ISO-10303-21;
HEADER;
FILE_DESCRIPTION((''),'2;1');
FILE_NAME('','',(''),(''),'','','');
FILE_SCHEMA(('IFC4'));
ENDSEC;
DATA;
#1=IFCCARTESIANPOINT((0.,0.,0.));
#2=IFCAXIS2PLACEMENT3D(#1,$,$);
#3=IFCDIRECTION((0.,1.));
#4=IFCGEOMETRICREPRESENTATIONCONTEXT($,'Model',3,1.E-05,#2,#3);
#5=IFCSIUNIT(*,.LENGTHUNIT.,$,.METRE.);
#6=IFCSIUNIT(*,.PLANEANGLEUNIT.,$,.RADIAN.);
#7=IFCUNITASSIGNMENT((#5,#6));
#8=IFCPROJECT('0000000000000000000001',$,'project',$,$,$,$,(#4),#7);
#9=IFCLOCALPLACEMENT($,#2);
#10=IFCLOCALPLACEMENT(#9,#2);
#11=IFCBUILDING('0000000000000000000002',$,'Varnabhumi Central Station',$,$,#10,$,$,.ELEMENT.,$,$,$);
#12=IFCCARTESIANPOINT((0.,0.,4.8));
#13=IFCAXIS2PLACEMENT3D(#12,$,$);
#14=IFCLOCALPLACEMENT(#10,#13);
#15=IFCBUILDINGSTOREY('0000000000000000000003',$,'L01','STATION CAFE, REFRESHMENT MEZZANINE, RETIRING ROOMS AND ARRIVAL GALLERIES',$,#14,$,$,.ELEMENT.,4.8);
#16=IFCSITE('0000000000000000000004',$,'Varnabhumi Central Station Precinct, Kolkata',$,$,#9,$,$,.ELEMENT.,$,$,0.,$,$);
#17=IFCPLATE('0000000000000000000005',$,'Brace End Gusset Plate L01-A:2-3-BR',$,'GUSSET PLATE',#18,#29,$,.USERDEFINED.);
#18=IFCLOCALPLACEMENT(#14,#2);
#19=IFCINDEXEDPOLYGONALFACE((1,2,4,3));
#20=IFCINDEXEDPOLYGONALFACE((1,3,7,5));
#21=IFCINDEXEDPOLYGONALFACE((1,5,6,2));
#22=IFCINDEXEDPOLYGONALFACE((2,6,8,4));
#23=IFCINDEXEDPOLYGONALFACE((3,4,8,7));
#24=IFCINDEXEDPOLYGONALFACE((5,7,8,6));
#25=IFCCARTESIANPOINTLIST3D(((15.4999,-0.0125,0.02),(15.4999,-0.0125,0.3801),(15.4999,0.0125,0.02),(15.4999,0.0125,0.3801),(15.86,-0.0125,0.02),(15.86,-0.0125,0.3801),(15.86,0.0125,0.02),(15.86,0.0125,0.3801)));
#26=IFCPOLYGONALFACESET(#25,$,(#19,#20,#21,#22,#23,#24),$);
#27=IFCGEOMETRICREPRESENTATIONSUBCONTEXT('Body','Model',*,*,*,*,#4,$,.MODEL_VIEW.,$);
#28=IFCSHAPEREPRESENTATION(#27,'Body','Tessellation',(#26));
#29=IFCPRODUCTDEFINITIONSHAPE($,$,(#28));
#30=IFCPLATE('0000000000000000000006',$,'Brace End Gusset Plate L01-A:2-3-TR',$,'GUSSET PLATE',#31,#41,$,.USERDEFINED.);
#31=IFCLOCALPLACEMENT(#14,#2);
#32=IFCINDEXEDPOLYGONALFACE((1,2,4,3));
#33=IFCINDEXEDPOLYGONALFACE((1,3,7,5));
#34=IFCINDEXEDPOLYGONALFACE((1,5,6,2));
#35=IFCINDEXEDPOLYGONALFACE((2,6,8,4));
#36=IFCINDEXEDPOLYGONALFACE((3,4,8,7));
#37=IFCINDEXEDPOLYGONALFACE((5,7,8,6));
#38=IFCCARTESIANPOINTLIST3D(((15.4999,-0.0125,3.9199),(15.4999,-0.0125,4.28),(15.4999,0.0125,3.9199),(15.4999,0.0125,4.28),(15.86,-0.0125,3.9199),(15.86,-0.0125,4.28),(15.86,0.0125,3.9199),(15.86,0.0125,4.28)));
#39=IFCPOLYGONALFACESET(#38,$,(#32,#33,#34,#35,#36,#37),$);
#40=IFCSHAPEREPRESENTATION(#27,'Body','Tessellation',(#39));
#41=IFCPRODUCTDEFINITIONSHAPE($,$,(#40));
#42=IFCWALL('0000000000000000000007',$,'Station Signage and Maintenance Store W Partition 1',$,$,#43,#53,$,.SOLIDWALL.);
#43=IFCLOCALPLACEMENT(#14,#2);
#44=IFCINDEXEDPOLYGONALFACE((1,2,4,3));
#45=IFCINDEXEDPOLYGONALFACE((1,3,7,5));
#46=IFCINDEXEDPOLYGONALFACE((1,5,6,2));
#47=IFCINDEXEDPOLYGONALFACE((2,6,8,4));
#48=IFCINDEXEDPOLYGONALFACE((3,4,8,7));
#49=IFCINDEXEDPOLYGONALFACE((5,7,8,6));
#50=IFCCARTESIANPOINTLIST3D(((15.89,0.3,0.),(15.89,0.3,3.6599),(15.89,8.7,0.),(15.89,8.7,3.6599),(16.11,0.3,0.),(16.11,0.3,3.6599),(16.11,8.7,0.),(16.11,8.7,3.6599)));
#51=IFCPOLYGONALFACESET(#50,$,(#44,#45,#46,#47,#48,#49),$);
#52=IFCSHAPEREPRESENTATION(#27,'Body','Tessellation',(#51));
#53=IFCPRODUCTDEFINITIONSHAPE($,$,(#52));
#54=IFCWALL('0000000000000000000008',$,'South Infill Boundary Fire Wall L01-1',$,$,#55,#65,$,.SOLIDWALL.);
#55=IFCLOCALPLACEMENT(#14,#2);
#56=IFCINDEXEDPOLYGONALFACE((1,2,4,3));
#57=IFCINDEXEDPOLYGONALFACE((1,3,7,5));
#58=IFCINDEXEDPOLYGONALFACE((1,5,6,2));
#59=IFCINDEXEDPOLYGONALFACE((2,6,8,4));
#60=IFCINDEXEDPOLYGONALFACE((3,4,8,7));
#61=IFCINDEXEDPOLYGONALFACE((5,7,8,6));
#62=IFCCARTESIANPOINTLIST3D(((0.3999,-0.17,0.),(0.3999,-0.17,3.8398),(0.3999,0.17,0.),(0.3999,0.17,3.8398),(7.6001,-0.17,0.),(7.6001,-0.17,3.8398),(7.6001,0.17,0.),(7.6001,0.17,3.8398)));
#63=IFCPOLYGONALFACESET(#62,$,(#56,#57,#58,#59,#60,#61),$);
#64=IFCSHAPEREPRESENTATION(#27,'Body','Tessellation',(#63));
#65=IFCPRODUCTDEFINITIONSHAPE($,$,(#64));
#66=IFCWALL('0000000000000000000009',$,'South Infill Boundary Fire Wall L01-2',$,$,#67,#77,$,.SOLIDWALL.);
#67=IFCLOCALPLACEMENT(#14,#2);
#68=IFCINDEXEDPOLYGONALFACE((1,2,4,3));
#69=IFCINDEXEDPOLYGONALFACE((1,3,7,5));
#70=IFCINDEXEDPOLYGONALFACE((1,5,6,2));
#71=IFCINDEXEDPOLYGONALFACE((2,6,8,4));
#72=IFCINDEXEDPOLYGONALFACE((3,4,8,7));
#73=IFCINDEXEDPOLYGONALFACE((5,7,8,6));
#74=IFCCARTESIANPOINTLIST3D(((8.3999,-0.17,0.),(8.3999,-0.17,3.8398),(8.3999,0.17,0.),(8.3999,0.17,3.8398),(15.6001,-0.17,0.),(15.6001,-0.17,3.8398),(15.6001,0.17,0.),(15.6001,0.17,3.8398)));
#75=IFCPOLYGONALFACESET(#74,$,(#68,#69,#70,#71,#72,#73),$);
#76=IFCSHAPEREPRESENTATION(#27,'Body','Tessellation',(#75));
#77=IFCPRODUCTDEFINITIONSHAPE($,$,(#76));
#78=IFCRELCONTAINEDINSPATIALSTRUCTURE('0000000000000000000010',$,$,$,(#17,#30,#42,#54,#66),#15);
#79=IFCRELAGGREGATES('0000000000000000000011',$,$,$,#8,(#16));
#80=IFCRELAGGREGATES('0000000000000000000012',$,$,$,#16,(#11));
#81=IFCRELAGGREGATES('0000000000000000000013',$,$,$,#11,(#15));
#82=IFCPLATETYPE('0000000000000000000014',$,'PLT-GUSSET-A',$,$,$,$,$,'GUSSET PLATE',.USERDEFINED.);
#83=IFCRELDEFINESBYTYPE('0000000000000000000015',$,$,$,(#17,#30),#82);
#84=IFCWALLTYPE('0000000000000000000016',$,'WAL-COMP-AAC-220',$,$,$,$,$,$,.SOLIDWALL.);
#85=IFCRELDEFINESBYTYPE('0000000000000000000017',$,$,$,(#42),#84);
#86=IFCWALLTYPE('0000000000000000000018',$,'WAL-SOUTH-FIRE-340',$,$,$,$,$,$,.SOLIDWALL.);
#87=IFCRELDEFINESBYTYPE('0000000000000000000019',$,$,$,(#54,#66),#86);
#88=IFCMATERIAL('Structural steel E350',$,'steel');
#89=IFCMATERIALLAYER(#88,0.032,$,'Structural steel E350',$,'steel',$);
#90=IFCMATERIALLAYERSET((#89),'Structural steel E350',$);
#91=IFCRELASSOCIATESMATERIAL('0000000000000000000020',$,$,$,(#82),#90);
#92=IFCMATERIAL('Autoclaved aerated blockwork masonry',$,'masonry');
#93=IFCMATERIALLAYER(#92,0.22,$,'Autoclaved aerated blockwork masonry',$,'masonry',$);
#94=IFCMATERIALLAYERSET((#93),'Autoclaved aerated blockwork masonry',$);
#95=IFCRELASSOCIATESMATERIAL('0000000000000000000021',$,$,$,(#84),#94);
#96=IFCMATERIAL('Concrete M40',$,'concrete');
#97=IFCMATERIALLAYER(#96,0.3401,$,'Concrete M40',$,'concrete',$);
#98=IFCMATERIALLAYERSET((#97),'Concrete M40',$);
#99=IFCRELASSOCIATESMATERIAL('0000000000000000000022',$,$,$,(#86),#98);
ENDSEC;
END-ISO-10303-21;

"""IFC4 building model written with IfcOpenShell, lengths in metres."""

from ifc_helpers import new_model, si_unit, direction, frame, frame_2d, origin, origin_2d, place, context, subcontext, project, spatial, rectangle, extrude, material, layer, layer_set, type_object, element, save


model = new_model("IFC4")

# Units and contexts
model_context = context("Model", 3, precision=1e-05, world=origin(), true_north=direction((0.0, 1.0)))
body_context = subcontext(model_context, "Body", "Model", "MODEL_VIEW")
ifc_project = project(units=[si_unit("LENGTHUNIT", "METRE"), si_unit("PLANEANGLEUNIT", "RADIAN")], contexts=[model_context])

# Site, building, storey
site_placement = place(None, origin())
site = spatial("IfcSite", under=ifc_project, at=site_placement, Name="Varnabhumi Central Station Precinct, Kolkata", CompositionType="ELEMENT", RefElevation=0.0)
building_placement = place(site_placement, origin())
building = spatial("IfcBuilding", under=site, at=building_placement, Name="Varnabhumi Central Station", CompositionType="ELEMENT")
storey_placement = place(building_placement, frame((0.0, 0.0, 4.8)))
storey = spatial("IfcBuildingStorey", under=building, at=storey_placement, Name="L01", Description="STATION CAFE, REFRESHMENT MEZZANINE, RETIRING ROOMS AND ARRIVAL GALLERIES", CompositionType="ELEMENT", Elevation=4.8)

# Shared definitions
ifc_material_1 = material(Name="Concrete M40", Category="concrete")

# Shared definitions
ifc_material_2 = material(Name="Structural steel E350", Category="steel")

# Plates
ifc_layer_1 = layer(ifc_material_2, 0.032, Name="Structural steel E350", Category="steel")
ifc_layer_set_1 = layer_set([ifc_layer_1], Name="Structural steel E350")
plate_type = type_object("IfcPlateType", Name="PLT-GUSSET-A", ElementType="GUSSET PLATE", PredefinedType="USERDEFINED", material=ifc_layer_set_1)
for number, where, z_axis, x_axis, name in (
    (1, (15.6799, 0.0, 0.02), (0.0, 0.0, 1.0), (1.0, 0.0, 0.0), "Brace End Gusset Plate L01-A:2-3-BR"),
    (2, (15.6799, 0.0, 3.9199), (0.0, 0.0, 1.0), (1.0, 0.0, 0.0), "Brace End Gusset Plate L01-A:2-3-TR"),
):
    element("IfcPlate", number, at=place(storey_placement, frame(where, z_axis=z_axis, x_axis=x_axis)), inside=storey, type_object=plate_type, Name=name, ObjectType="GUSSET PLATE", PredefinedType="USERDEFINED", context=body_context, shape_type="SweptSolid", body=[
        extrude(rectangle(XDim=0.3601, YDim=0.0249, at=origin_2d()), origin(), (0.0, 0.0, 1.0), 0.3601),
    ])

# Walls
ifc_material_3 = material(Name="Autoclaved aerated blockwork masonry", Category="masonry")
ifc_layer_2 = layer(ifc_material_3, 0.22, Name="Autoclaved aerated blockwork masonry", Category="masonry")
ifc_layer_set_2 = layer_set([ifc_layer_2], Name="Autoclaved aerated blockwork masonry")
wall_type_1 = type_object("IfcWallType", Name="WAL-COMP-AAC-220", PredefinedType="SOLIDWALL", material=ifc_layer_set_2)
wall_placement = place(storey_placement, frame((16.0, 0.3, 0.0), z_axis=(0.0, 0.0, 1.0), x_axis=(0.0, 1.0, 0.0)))
element("IfcWall", 3, at=wall_placement, inside=storey, type_object=wall_type_1, Name="Station Signage and Maintenance Store W Partition 1", PredefinedType="SOLIDWALL", context=body_context, shape_type="SweptSolid", body=[
    extrude(rectangle(XDim=8.3999, YDim=0.22, at=frame_2d((4.2, 0.0))), origin(), (0.0, 0.0, 1.0), 3.6599),
])
ifc_layer_3 = layer(ifc_material_1, 0.3401, Name="Concrete M40", Category="concrete")
ifc_layer_set_3 = layer_set([ifc_layer_3], Name="Concrete M40")
wall_type_2 = type_object("IfcWallType", Name="WAL-SOUTH-FIRE-340", PredefinedType="SOLIDWALL", material=ifc_layer_set_3)
for number, where, z_axis, x_axis, name in (
    (4, (0.3999, 0.0, 0.0), (0.0, 0.0, 1.0), (1.0, 0.0, 0.0), "South Infill Boundary Fire Wall L01-1"),
    (5, (8.3999, 0.0, 0.0), (0.0, 0.0, 1.0), (1.0, 0.0, 0.0), "South Infill Boundary Fire Wall L01-2"),
):
    element("IfcWall", number, at=place(storey_placement, frame(where, z_axis=z_axis, x_axis=x_axis)), inside=storey, type_object=wall_type_2, Name=name, PredefinedType="SOLIDWALL", context=body_context, shape_type="SweptSolid", body=[
        extrude(rectangle(XDim=7.2002, YDim=0.3401, at=frame_2d((3.6001, 0.0))), origin(), (0.0, 0.0, 1.0), 3.8398),
    ])

save(model, "model.ifc")
